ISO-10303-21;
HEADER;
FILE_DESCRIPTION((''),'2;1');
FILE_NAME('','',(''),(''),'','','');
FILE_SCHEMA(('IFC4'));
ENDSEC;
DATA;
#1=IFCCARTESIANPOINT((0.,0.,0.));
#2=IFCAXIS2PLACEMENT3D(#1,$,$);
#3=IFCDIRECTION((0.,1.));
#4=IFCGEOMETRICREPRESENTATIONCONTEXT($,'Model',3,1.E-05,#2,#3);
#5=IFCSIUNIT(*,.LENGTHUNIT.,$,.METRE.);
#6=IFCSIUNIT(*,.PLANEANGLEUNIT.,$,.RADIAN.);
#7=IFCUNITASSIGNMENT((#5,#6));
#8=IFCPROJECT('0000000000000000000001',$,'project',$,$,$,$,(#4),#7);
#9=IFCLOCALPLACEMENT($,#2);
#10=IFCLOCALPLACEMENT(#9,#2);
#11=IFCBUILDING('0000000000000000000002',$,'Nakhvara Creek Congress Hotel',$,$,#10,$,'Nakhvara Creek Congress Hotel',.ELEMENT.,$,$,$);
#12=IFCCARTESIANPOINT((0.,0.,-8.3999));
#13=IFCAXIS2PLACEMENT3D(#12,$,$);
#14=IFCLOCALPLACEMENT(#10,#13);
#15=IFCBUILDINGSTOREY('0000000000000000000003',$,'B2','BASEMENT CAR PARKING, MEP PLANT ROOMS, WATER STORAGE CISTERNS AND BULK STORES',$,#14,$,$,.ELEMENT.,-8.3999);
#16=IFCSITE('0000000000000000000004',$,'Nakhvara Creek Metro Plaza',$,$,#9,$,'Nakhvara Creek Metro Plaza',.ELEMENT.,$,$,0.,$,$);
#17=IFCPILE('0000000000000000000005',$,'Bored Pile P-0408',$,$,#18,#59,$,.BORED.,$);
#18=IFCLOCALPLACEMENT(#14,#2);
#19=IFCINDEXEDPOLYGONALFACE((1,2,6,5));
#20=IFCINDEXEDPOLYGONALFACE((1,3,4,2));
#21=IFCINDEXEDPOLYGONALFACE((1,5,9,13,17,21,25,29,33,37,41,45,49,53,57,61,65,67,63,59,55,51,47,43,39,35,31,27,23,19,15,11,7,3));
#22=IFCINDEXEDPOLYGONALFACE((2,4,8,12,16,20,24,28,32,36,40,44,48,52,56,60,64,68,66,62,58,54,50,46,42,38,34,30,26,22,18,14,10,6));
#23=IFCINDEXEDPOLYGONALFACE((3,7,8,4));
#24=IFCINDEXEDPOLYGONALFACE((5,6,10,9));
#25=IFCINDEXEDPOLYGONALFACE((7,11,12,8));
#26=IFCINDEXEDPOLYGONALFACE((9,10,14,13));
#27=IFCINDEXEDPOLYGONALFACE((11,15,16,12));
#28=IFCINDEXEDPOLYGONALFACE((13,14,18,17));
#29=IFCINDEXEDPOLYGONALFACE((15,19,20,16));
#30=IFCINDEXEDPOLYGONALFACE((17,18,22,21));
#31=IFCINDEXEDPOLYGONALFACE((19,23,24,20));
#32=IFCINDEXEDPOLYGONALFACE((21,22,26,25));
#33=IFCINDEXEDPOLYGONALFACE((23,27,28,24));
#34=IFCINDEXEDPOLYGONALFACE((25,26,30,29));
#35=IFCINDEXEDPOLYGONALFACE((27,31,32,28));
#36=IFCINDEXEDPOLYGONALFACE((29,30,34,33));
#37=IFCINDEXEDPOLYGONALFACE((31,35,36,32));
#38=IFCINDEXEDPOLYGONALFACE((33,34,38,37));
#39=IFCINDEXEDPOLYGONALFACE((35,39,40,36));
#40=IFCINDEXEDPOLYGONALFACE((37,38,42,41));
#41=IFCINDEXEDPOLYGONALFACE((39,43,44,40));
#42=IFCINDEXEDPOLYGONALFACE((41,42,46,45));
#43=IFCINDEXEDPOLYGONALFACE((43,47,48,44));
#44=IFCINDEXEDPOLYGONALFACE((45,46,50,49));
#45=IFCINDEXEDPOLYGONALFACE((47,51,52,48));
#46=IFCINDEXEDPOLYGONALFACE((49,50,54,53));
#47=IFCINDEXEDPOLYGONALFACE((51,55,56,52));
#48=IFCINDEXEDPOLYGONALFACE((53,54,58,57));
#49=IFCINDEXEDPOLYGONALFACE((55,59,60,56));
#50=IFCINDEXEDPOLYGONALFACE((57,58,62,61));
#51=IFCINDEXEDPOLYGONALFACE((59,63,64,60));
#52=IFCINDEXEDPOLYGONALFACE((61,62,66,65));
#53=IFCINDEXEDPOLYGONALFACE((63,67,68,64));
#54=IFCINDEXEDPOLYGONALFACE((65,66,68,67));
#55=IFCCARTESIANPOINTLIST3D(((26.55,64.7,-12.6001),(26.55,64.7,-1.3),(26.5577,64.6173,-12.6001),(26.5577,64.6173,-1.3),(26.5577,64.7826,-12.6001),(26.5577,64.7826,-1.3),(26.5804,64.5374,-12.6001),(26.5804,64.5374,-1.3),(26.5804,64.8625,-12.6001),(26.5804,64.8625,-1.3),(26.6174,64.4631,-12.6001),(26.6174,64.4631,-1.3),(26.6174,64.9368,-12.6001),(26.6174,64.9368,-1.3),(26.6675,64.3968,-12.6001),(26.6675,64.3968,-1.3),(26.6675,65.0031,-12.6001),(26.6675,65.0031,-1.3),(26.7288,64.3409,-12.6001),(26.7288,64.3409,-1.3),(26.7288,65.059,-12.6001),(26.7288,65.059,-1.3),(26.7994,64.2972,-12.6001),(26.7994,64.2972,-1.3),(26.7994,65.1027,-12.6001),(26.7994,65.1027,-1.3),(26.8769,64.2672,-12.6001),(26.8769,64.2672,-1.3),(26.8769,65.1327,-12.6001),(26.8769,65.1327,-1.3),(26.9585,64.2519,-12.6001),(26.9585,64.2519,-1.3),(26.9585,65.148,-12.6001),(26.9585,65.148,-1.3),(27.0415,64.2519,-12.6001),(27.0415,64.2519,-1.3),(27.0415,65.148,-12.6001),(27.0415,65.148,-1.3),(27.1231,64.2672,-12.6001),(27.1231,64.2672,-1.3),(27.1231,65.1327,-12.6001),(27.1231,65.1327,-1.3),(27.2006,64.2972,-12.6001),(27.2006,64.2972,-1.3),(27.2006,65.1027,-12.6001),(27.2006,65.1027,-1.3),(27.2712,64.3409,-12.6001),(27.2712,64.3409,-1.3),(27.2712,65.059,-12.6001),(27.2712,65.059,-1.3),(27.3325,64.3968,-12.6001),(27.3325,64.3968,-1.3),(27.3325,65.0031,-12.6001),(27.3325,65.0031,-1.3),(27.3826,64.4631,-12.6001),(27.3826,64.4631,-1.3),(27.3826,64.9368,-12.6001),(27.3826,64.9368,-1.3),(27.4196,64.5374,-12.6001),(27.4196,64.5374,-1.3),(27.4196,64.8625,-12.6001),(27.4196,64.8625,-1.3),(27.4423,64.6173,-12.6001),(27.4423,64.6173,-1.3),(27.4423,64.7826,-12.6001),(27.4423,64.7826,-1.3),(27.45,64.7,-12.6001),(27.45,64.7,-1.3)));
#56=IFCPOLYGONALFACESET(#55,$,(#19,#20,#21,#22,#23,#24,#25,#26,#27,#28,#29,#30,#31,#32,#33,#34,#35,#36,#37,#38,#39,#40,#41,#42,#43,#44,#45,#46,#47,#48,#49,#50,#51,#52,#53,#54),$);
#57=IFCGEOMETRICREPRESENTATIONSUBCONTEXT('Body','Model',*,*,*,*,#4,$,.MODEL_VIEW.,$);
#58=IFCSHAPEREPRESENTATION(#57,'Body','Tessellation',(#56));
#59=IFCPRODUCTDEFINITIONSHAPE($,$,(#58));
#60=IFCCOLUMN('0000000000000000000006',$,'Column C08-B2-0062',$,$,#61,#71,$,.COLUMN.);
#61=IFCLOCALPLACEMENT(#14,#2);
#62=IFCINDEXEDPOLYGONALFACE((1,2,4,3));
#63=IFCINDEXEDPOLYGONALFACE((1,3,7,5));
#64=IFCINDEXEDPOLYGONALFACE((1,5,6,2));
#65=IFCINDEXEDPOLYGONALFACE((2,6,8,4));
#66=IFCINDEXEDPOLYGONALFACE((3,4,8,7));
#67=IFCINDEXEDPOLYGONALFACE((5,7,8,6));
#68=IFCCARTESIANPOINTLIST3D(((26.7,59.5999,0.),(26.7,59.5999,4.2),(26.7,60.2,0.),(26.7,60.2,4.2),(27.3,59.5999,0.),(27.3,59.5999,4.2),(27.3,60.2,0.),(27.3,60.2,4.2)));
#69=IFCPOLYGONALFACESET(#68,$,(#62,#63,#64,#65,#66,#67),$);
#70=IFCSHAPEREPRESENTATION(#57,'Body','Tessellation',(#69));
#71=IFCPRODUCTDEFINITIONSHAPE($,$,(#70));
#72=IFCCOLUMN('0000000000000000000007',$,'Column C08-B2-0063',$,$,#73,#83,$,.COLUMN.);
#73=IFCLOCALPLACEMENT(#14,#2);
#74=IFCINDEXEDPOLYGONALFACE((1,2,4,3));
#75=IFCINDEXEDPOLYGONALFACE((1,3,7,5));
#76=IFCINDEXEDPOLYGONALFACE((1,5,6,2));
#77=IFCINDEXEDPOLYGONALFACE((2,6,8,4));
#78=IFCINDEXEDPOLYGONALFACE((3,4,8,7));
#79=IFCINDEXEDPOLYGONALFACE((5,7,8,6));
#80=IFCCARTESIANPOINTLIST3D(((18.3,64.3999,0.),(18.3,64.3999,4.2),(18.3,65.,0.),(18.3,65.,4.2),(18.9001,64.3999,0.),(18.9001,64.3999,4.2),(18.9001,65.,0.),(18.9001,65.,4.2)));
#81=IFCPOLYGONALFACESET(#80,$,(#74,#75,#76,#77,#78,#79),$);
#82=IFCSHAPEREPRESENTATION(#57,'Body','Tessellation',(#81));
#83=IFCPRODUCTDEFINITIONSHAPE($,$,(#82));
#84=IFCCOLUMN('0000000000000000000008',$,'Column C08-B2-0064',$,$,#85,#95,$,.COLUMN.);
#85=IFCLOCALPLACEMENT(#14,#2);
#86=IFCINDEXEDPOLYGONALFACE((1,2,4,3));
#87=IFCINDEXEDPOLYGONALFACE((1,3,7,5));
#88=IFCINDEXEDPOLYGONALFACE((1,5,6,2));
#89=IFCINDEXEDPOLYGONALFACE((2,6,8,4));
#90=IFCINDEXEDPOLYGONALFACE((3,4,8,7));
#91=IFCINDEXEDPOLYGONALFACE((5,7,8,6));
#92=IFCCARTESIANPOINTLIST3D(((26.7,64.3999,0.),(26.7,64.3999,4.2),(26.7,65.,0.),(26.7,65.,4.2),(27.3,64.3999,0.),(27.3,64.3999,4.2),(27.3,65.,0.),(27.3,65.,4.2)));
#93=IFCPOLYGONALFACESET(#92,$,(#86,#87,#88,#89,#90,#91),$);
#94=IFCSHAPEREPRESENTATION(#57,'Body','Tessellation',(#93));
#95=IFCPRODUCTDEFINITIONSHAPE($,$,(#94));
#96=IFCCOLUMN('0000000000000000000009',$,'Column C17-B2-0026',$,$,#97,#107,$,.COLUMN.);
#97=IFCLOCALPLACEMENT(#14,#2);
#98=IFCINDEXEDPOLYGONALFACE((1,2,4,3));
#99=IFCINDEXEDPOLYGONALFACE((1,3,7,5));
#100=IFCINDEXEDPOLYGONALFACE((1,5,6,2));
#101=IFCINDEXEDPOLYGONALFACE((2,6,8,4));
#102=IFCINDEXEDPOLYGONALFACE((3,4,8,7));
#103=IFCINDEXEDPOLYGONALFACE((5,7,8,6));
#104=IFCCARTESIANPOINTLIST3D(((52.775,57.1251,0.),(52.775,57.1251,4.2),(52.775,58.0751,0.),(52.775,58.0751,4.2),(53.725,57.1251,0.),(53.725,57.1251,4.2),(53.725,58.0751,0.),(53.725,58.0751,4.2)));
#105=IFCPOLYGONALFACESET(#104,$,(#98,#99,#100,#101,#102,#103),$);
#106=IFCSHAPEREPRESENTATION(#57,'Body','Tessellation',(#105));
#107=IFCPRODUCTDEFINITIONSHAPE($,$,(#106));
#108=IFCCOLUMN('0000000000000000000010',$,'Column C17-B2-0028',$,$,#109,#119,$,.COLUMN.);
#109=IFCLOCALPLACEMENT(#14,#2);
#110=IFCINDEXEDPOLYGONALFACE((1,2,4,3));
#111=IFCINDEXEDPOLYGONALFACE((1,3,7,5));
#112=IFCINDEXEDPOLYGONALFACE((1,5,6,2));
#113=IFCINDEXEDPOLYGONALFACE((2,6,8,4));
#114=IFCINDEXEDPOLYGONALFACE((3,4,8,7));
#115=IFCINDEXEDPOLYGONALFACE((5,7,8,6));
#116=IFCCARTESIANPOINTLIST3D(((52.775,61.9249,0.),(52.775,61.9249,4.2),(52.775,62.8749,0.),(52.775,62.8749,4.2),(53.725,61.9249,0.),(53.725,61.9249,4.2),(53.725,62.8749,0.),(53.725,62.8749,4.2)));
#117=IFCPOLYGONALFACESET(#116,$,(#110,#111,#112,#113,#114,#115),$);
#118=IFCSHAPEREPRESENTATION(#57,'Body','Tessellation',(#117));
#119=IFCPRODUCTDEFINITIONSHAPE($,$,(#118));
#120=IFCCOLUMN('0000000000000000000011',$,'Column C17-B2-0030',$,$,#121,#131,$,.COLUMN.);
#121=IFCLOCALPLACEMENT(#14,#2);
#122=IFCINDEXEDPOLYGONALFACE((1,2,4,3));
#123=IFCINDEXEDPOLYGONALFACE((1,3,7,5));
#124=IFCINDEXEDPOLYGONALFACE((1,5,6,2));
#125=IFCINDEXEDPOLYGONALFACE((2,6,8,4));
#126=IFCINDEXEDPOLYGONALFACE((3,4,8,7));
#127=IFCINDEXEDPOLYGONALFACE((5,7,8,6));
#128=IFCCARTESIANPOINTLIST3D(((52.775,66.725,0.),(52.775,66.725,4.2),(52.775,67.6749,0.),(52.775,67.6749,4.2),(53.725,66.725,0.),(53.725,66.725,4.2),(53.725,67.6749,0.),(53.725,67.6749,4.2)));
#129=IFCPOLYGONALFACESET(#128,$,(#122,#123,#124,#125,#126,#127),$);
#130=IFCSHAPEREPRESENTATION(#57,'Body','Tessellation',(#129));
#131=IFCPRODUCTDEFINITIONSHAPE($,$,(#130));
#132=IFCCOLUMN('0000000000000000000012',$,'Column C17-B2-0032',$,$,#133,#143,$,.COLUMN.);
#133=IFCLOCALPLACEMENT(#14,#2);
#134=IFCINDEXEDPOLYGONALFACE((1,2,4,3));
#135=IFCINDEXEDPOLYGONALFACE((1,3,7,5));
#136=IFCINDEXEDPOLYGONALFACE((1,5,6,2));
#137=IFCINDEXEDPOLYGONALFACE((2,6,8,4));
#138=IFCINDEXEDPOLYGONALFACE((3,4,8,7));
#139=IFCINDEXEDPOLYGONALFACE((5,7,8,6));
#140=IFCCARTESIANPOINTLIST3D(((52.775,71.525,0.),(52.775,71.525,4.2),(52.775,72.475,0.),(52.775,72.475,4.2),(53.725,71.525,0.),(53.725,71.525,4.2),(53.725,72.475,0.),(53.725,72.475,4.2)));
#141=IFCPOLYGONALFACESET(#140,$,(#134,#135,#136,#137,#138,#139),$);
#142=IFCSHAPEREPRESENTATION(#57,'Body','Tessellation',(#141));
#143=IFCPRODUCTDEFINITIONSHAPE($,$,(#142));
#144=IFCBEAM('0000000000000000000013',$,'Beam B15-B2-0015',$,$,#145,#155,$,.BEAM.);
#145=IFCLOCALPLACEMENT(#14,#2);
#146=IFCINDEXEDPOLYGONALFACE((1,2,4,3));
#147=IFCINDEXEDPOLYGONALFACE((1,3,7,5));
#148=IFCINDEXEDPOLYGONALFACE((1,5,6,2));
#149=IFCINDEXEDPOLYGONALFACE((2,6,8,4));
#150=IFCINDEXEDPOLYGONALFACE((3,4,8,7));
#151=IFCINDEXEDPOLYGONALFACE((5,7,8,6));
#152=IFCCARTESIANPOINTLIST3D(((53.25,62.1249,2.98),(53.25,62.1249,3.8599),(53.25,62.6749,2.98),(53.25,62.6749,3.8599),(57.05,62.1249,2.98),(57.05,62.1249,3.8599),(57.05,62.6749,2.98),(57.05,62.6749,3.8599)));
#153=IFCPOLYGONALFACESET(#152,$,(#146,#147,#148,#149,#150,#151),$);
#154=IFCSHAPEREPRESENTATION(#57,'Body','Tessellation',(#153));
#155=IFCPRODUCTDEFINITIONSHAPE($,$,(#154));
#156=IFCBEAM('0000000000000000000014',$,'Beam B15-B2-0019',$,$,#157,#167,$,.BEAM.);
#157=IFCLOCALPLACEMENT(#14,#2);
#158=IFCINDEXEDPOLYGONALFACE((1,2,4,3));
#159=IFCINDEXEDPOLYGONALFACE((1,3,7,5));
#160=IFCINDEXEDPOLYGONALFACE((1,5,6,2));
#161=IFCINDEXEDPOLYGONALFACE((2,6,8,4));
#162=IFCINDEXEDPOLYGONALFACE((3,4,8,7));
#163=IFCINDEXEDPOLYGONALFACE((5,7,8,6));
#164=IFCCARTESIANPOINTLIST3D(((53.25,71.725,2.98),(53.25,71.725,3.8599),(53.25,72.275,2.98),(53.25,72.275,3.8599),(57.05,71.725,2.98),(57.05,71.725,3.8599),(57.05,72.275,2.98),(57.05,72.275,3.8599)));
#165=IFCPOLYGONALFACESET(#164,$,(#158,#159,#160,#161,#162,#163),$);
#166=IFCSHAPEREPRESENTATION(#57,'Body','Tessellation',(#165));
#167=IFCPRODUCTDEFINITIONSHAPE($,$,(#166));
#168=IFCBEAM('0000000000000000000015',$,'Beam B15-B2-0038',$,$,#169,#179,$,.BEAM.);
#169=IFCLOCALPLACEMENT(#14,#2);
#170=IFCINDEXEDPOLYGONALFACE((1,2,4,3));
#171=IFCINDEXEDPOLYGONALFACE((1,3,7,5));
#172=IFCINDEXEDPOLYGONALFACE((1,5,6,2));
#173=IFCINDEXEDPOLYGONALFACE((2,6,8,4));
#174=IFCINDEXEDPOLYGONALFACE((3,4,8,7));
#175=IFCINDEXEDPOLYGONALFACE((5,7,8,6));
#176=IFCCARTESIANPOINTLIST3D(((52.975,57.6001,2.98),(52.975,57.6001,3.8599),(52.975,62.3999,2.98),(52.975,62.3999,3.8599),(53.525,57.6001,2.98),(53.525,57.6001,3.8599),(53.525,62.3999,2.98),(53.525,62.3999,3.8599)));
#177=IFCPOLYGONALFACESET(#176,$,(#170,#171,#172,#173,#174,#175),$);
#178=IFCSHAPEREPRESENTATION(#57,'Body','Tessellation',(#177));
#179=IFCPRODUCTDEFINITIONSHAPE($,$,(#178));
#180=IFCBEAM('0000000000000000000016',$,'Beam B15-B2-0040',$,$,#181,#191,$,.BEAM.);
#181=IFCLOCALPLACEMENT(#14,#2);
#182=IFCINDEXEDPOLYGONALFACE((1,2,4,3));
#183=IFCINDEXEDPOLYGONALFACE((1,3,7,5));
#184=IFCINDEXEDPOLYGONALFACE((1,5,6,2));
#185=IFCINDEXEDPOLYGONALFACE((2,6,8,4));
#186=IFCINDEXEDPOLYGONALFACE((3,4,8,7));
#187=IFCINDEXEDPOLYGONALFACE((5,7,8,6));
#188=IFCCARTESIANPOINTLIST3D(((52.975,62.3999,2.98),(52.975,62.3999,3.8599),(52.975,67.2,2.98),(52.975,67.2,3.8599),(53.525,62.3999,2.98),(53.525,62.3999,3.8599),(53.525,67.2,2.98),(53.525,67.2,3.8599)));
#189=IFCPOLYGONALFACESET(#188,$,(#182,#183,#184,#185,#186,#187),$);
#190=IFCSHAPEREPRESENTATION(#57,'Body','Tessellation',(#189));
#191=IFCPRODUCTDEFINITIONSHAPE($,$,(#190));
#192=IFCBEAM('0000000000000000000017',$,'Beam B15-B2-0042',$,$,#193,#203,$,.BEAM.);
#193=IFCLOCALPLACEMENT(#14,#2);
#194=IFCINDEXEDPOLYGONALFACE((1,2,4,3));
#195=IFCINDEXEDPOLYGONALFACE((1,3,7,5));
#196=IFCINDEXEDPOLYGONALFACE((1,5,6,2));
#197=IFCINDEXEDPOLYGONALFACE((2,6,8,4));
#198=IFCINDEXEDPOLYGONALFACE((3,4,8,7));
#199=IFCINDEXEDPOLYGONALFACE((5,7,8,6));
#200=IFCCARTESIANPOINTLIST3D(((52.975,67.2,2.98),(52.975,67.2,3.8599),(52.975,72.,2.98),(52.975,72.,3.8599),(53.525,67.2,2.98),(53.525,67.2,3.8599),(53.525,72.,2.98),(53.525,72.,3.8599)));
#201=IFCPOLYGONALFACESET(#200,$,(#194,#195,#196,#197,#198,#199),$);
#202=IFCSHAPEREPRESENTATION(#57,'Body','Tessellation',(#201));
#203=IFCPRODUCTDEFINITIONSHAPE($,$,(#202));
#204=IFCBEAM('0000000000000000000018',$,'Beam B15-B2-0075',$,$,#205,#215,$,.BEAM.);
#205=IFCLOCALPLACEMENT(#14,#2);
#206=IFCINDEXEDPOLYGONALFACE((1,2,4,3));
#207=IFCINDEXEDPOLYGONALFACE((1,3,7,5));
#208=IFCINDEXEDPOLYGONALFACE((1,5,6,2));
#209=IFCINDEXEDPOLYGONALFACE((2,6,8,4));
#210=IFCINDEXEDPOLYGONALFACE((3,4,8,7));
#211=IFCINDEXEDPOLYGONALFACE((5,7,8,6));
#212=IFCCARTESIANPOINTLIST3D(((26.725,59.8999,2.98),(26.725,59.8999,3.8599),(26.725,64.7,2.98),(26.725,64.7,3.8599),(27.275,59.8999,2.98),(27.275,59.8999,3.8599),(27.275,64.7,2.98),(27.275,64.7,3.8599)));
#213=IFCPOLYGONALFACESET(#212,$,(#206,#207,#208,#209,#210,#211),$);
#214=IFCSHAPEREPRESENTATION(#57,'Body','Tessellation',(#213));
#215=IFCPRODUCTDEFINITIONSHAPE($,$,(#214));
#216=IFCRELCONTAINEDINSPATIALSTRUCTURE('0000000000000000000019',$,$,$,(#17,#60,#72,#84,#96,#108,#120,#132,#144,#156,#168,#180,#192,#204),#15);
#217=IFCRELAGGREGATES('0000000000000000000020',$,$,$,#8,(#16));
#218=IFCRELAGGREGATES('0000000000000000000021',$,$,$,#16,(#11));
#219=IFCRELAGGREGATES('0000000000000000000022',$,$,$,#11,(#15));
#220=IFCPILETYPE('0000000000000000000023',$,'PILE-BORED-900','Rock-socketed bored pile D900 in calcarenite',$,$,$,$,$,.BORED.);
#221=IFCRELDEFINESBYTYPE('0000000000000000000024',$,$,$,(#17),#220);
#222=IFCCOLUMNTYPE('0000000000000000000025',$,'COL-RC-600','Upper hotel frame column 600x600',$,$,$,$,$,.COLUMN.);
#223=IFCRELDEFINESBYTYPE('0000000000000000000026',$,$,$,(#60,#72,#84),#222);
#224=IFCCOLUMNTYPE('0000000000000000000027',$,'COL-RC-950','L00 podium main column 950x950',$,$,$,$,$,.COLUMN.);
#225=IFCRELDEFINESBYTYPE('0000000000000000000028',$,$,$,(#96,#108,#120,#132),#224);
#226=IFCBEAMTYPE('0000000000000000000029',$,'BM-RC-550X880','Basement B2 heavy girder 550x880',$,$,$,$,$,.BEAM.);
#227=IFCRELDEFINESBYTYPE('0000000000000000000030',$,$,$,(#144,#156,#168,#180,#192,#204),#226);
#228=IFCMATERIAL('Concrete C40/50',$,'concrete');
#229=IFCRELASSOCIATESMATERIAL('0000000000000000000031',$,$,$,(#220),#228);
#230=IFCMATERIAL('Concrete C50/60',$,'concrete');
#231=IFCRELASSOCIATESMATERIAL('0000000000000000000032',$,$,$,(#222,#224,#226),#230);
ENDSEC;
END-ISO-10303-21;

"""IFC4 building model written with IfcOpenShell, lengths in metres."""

from ifc_helpers import new_model, si_unit, direction, frame, origin, origin_2d, place, context, subcontext, project, spatial, rectangle, circle, extrude, material, material_profile, profile_set, type_object, element, save


model = new_model("IFC4")

# Units and contexts
model_context = context("Model", 3, precision=1e-05, world=origin(), true_north=direction((0.0, 1.0)))
body_context = subcontext(model_context, "Body", "Model", "MODEL_VIEW")
ifc_project = project(units=[si_unit("LENGTHUNIT", "METRE"), si_unit("PLANEANGLEUNIT", "RADIAN")], contexts=[model_context])

# Site, building, storey
site_placement = place(None, origin())
site = spatial("IfcSite", under=ifc_project, at=site_placement, Name="Nakhvara Creek Metro Plaza", LongName="Nakhvara Creek Metro Plaza", CompositionType="ELEMENT", RefElevation=0.0)
building_placement = place(site_placement, origin())
building = spatial("IfcBuilding", under=site, at=building_placement, Name="Nakhvara Creek Congress Hotel", LongName="Nakhvara Creek Congress Hotel", CompositionType="ELEMENT")
storey_placement = place(building_placement, frame((0.0, 0.0, -8.3999)))
storey = spatial("IfcBuildingStorey", under=building, at=storey_placement, Name="B2", Description="BASEMENT CAR PARKING, MEP PLANT ROOMS, WATER STORAGE CISTERNS AND BULK STORES", CompositionType="ELEMENT", Elevation=-8.3999)

# Shared definitions
ifc_material_1 = material(Name="Concrete C40/50", Category="concrete")

# Pile
ifc_material_profile_1 = material_profile(ifc_material_1, circle(Radius=0.45, at=origin_2d()), Name="BORED PILE D900", Category="LoadBearing")
ifc_profile_set_1 = profile_set([ifc_material_profile_1], Name="Concrete C40/50")
pile_type = type_object("IfcPileType", Name="PILE-BORED-900", Description="Rock-socketed bored pile D900 in calcarenite", PredefinedType="BORED", material=ifc_profile_set_1)
for number, where, z_axis, x_axis, name in (
    (1, (27.0, 64.7, -1.3), (0.0, 0.0, -1.0), (1.0, 0.0, 0.0), "Bored Pile P-0408"),
):
    element("IfcPile", number, at=place(storey_placement, frame(where, z_axis=z_axis, x_axis=x_axis)), inside=storey, type_object=pile_type, Name=name, PredefinedType="BORED", context=body_context, shape_type="SweptSolid", body=[
        extrude(circle(Radius=0.45, at=origin_2d()), origin(), (0.0, 0.0, 1.0), 11.3),
    ])

# Columns
ifc_material_2 = material(Name="Concrete C50/60", Category="concrete")
ifc_material_profile_2 = material_profile(ifc_material_2, rectangle(XDim=0.6001, YDim=0.6001, at=origin_2d()), Name="RC-COL 600x600", Category="LoadBearing")
ifc_profile_set_2 = profile_set([ifc_material_profile_2], Name="Concrete C50/60")
column_type_1 = type_object("IfcColumnType", Name="COL-RC-600", Description="Upper hotel frame column 600x600", PredefinedType="COLUMN", material=ifc_profile_set_2)
for number, where, z_axis, x_axis, name in (
    (2, (27.0, 59.8999, 0.0), (0.0, 0.0, 1.0), (1.0, 0.0, 0.0), "Column C08-B2-0062"),
    (3, (18.6001, 64.7, 0.0), (0.0, 0.0, 1.0), (1.0, 0.0, 0.0), "Column C08-B2-0063"),
    (4, (27.0, 64.7, 0.0), (0.0, 0.0, 1.0), (1.0, 0.0, 0.0), "Column C08-B2-0064"),
):
    element("IfcColumn", number, at=place(storey_placement, frame(where, z_axis=z_axis, x_axis=x_axis)), inside=storey, type_object=column_type_1, Name=name, PredefinedType="COLUMN", context=body_context, shape_type="SweptSolid", body=[
        extrude(rectangle(XDim=0.6001, YDim=0.6001, at=origin_2d()), origin(), (0.0, 0.0, 1.0), 4.2),
    ])
ifc_material_profile_3 = material_profile(ifc_material_2, rectangle(XDim=0.95, YDim=0.95, at=origin_2d()), Name="RC-COL 950x950", Category="LoadBearing")
ifc_profile_set_3 = profile_set([ifc_material_profile_3], Name="Concrete C50/60")
column_type_2 = type_object("IfcColumnType", Name="COL-RC-950", Description="L00 podium main column 950x950", PredefinedType="COLUMN", material=ifc_profile_set_3)
for number, where, z_axis, x_axis, name in (
    (5, (53.25, 57.6001, 0.0), (0.0, 0.0, 1.0), (1.0, 0.0, 0.0), "Column C17-B2-0026"),
    (6, (53.25, 62.3999, 0.0), (0.0, 0.0, 1.0), (1.0, 0.0, 0.0), "Column C17-B2-0028"),
    (7, (53.25, 67.2, 0.0), (0.0, 0.0, 1.0), (1.0, 0.0, 0.0), "Column C17-B2-0030"),
    (8, (53.25, 72.0, 0.0), (0.0, 0.0, 1.0), (1.0, 0.0, 0.0), "Column C17-B2-0032"),
):
    element("IfcColumn", number, at=place(storey_placement, frame(where, z_axis=z_axis, x_axis=x_axis)), inside=storey, type_object=column_type_2, Name=name, PredefinedType="COLUMN", context=body_context, shape_type="SweptSolid", body=[
        extrude(rectangle(XDim=0.95, YDim=0.95, at=origin_2d()), origin(), (0.0, 0.0, 1.0), 4.2),
    ])

# Beams
ifc_material_profile_4 = material_profile(ifc_material_2, rectangle(XDim=0.55, YDim=0.8799, at=origin_2d()), Name="RC-BM 550x880", Category="LoadBearing")
ifc_profile_set_4 = profile_set([ifc_material_profile_4], Name="Concrete C50/60")
beam_type = type_object("IfcBeamType", Name="BM-RC-550X880", Description="Basement B2 heavy girder 550x880", PredefinedType="BEAM", material=ifc_profile_set_4)
for number, where, z_axis, x_axis, name in (
    (9, (53.25, 62.3999, 3.4199), (1.0, 0.0, 0.0), (0.0, 1.0, 0.0), "Beam B15-B2-0015"),
    (10, (53.25, 72.0, 3.4199), (1.0, 0.0, 0.0), (0.0, 1.0, 0.0), "Beam B15-B2-0019"),
):
    element("IfcBeam", number, at=place(storey_placement, frame(where, z_axis=z_axis, x_axis=x_axis)), inside=storey, type_object=beam_type, Name=name, PredefinedType="BEAM", context=body_context, shape_type="SweptSolid", body=[
        extrude(rectangle(XDim=0.55, YDim=0.8799, at=origin_2d()), origin(), (0.0, 0.0, 1.0), 3.8),
    ])
beam_1_placement = place(storey_placement, frame((53.25, 57.6001, 3.4199), z_axis=(0.0, 1.0, 0.0), x_axis=(-1.0, 0.0, 0.0)))
element("IfcBeam", 11, at=beam_1_placement, inside=storey, type_object=beam_type, Name="Beam B15-B2-0038", PredefinedType="BEAM", context=body_context, shape_type="SweptSolid", body=[
    extrude(rectangle(XDim=0.55, YDim=0.8799, at=origin_2d()), origin(), (0.0, 0.0, 1.0), 4.7998),
])
for number, where, z_axis, x_axis, name in (
    (12, (53.25, 62.3999, 3.4199), (0.0, 1.0, 0.0), (-1.0, 0.0, 0.0), "Beam B15-B2-0040"),
    (13, (53.25, 67.2, 3.4199), (0.0, 1.0, 0.0), (-1.0, 0.0, 0.0), "Beam B15-B2-0042"),
    (14, (27.0, 59.8999, 3.4199), (0.0, 1.0, 0.0), (-1.0, 0.0, 0.0), "Beam B15-B2-0075"),
):
    element("IfcBeam", number, at=place(storey_placement, frame(where, z_axis=z_axis, x_axis=x_axis)), inside=storey, type_object=beam_type, Name=name, PredefinedType="BEAM", context=body_context, shape_type="SweptSolid", body=[
        extrude(rectangle(XDim=0.55, YDim=0.8799, at=origin_2d()), origin(), (0.0, 0.0, 1.0), 4.8),
    ])

save(model, "model.ifc")
